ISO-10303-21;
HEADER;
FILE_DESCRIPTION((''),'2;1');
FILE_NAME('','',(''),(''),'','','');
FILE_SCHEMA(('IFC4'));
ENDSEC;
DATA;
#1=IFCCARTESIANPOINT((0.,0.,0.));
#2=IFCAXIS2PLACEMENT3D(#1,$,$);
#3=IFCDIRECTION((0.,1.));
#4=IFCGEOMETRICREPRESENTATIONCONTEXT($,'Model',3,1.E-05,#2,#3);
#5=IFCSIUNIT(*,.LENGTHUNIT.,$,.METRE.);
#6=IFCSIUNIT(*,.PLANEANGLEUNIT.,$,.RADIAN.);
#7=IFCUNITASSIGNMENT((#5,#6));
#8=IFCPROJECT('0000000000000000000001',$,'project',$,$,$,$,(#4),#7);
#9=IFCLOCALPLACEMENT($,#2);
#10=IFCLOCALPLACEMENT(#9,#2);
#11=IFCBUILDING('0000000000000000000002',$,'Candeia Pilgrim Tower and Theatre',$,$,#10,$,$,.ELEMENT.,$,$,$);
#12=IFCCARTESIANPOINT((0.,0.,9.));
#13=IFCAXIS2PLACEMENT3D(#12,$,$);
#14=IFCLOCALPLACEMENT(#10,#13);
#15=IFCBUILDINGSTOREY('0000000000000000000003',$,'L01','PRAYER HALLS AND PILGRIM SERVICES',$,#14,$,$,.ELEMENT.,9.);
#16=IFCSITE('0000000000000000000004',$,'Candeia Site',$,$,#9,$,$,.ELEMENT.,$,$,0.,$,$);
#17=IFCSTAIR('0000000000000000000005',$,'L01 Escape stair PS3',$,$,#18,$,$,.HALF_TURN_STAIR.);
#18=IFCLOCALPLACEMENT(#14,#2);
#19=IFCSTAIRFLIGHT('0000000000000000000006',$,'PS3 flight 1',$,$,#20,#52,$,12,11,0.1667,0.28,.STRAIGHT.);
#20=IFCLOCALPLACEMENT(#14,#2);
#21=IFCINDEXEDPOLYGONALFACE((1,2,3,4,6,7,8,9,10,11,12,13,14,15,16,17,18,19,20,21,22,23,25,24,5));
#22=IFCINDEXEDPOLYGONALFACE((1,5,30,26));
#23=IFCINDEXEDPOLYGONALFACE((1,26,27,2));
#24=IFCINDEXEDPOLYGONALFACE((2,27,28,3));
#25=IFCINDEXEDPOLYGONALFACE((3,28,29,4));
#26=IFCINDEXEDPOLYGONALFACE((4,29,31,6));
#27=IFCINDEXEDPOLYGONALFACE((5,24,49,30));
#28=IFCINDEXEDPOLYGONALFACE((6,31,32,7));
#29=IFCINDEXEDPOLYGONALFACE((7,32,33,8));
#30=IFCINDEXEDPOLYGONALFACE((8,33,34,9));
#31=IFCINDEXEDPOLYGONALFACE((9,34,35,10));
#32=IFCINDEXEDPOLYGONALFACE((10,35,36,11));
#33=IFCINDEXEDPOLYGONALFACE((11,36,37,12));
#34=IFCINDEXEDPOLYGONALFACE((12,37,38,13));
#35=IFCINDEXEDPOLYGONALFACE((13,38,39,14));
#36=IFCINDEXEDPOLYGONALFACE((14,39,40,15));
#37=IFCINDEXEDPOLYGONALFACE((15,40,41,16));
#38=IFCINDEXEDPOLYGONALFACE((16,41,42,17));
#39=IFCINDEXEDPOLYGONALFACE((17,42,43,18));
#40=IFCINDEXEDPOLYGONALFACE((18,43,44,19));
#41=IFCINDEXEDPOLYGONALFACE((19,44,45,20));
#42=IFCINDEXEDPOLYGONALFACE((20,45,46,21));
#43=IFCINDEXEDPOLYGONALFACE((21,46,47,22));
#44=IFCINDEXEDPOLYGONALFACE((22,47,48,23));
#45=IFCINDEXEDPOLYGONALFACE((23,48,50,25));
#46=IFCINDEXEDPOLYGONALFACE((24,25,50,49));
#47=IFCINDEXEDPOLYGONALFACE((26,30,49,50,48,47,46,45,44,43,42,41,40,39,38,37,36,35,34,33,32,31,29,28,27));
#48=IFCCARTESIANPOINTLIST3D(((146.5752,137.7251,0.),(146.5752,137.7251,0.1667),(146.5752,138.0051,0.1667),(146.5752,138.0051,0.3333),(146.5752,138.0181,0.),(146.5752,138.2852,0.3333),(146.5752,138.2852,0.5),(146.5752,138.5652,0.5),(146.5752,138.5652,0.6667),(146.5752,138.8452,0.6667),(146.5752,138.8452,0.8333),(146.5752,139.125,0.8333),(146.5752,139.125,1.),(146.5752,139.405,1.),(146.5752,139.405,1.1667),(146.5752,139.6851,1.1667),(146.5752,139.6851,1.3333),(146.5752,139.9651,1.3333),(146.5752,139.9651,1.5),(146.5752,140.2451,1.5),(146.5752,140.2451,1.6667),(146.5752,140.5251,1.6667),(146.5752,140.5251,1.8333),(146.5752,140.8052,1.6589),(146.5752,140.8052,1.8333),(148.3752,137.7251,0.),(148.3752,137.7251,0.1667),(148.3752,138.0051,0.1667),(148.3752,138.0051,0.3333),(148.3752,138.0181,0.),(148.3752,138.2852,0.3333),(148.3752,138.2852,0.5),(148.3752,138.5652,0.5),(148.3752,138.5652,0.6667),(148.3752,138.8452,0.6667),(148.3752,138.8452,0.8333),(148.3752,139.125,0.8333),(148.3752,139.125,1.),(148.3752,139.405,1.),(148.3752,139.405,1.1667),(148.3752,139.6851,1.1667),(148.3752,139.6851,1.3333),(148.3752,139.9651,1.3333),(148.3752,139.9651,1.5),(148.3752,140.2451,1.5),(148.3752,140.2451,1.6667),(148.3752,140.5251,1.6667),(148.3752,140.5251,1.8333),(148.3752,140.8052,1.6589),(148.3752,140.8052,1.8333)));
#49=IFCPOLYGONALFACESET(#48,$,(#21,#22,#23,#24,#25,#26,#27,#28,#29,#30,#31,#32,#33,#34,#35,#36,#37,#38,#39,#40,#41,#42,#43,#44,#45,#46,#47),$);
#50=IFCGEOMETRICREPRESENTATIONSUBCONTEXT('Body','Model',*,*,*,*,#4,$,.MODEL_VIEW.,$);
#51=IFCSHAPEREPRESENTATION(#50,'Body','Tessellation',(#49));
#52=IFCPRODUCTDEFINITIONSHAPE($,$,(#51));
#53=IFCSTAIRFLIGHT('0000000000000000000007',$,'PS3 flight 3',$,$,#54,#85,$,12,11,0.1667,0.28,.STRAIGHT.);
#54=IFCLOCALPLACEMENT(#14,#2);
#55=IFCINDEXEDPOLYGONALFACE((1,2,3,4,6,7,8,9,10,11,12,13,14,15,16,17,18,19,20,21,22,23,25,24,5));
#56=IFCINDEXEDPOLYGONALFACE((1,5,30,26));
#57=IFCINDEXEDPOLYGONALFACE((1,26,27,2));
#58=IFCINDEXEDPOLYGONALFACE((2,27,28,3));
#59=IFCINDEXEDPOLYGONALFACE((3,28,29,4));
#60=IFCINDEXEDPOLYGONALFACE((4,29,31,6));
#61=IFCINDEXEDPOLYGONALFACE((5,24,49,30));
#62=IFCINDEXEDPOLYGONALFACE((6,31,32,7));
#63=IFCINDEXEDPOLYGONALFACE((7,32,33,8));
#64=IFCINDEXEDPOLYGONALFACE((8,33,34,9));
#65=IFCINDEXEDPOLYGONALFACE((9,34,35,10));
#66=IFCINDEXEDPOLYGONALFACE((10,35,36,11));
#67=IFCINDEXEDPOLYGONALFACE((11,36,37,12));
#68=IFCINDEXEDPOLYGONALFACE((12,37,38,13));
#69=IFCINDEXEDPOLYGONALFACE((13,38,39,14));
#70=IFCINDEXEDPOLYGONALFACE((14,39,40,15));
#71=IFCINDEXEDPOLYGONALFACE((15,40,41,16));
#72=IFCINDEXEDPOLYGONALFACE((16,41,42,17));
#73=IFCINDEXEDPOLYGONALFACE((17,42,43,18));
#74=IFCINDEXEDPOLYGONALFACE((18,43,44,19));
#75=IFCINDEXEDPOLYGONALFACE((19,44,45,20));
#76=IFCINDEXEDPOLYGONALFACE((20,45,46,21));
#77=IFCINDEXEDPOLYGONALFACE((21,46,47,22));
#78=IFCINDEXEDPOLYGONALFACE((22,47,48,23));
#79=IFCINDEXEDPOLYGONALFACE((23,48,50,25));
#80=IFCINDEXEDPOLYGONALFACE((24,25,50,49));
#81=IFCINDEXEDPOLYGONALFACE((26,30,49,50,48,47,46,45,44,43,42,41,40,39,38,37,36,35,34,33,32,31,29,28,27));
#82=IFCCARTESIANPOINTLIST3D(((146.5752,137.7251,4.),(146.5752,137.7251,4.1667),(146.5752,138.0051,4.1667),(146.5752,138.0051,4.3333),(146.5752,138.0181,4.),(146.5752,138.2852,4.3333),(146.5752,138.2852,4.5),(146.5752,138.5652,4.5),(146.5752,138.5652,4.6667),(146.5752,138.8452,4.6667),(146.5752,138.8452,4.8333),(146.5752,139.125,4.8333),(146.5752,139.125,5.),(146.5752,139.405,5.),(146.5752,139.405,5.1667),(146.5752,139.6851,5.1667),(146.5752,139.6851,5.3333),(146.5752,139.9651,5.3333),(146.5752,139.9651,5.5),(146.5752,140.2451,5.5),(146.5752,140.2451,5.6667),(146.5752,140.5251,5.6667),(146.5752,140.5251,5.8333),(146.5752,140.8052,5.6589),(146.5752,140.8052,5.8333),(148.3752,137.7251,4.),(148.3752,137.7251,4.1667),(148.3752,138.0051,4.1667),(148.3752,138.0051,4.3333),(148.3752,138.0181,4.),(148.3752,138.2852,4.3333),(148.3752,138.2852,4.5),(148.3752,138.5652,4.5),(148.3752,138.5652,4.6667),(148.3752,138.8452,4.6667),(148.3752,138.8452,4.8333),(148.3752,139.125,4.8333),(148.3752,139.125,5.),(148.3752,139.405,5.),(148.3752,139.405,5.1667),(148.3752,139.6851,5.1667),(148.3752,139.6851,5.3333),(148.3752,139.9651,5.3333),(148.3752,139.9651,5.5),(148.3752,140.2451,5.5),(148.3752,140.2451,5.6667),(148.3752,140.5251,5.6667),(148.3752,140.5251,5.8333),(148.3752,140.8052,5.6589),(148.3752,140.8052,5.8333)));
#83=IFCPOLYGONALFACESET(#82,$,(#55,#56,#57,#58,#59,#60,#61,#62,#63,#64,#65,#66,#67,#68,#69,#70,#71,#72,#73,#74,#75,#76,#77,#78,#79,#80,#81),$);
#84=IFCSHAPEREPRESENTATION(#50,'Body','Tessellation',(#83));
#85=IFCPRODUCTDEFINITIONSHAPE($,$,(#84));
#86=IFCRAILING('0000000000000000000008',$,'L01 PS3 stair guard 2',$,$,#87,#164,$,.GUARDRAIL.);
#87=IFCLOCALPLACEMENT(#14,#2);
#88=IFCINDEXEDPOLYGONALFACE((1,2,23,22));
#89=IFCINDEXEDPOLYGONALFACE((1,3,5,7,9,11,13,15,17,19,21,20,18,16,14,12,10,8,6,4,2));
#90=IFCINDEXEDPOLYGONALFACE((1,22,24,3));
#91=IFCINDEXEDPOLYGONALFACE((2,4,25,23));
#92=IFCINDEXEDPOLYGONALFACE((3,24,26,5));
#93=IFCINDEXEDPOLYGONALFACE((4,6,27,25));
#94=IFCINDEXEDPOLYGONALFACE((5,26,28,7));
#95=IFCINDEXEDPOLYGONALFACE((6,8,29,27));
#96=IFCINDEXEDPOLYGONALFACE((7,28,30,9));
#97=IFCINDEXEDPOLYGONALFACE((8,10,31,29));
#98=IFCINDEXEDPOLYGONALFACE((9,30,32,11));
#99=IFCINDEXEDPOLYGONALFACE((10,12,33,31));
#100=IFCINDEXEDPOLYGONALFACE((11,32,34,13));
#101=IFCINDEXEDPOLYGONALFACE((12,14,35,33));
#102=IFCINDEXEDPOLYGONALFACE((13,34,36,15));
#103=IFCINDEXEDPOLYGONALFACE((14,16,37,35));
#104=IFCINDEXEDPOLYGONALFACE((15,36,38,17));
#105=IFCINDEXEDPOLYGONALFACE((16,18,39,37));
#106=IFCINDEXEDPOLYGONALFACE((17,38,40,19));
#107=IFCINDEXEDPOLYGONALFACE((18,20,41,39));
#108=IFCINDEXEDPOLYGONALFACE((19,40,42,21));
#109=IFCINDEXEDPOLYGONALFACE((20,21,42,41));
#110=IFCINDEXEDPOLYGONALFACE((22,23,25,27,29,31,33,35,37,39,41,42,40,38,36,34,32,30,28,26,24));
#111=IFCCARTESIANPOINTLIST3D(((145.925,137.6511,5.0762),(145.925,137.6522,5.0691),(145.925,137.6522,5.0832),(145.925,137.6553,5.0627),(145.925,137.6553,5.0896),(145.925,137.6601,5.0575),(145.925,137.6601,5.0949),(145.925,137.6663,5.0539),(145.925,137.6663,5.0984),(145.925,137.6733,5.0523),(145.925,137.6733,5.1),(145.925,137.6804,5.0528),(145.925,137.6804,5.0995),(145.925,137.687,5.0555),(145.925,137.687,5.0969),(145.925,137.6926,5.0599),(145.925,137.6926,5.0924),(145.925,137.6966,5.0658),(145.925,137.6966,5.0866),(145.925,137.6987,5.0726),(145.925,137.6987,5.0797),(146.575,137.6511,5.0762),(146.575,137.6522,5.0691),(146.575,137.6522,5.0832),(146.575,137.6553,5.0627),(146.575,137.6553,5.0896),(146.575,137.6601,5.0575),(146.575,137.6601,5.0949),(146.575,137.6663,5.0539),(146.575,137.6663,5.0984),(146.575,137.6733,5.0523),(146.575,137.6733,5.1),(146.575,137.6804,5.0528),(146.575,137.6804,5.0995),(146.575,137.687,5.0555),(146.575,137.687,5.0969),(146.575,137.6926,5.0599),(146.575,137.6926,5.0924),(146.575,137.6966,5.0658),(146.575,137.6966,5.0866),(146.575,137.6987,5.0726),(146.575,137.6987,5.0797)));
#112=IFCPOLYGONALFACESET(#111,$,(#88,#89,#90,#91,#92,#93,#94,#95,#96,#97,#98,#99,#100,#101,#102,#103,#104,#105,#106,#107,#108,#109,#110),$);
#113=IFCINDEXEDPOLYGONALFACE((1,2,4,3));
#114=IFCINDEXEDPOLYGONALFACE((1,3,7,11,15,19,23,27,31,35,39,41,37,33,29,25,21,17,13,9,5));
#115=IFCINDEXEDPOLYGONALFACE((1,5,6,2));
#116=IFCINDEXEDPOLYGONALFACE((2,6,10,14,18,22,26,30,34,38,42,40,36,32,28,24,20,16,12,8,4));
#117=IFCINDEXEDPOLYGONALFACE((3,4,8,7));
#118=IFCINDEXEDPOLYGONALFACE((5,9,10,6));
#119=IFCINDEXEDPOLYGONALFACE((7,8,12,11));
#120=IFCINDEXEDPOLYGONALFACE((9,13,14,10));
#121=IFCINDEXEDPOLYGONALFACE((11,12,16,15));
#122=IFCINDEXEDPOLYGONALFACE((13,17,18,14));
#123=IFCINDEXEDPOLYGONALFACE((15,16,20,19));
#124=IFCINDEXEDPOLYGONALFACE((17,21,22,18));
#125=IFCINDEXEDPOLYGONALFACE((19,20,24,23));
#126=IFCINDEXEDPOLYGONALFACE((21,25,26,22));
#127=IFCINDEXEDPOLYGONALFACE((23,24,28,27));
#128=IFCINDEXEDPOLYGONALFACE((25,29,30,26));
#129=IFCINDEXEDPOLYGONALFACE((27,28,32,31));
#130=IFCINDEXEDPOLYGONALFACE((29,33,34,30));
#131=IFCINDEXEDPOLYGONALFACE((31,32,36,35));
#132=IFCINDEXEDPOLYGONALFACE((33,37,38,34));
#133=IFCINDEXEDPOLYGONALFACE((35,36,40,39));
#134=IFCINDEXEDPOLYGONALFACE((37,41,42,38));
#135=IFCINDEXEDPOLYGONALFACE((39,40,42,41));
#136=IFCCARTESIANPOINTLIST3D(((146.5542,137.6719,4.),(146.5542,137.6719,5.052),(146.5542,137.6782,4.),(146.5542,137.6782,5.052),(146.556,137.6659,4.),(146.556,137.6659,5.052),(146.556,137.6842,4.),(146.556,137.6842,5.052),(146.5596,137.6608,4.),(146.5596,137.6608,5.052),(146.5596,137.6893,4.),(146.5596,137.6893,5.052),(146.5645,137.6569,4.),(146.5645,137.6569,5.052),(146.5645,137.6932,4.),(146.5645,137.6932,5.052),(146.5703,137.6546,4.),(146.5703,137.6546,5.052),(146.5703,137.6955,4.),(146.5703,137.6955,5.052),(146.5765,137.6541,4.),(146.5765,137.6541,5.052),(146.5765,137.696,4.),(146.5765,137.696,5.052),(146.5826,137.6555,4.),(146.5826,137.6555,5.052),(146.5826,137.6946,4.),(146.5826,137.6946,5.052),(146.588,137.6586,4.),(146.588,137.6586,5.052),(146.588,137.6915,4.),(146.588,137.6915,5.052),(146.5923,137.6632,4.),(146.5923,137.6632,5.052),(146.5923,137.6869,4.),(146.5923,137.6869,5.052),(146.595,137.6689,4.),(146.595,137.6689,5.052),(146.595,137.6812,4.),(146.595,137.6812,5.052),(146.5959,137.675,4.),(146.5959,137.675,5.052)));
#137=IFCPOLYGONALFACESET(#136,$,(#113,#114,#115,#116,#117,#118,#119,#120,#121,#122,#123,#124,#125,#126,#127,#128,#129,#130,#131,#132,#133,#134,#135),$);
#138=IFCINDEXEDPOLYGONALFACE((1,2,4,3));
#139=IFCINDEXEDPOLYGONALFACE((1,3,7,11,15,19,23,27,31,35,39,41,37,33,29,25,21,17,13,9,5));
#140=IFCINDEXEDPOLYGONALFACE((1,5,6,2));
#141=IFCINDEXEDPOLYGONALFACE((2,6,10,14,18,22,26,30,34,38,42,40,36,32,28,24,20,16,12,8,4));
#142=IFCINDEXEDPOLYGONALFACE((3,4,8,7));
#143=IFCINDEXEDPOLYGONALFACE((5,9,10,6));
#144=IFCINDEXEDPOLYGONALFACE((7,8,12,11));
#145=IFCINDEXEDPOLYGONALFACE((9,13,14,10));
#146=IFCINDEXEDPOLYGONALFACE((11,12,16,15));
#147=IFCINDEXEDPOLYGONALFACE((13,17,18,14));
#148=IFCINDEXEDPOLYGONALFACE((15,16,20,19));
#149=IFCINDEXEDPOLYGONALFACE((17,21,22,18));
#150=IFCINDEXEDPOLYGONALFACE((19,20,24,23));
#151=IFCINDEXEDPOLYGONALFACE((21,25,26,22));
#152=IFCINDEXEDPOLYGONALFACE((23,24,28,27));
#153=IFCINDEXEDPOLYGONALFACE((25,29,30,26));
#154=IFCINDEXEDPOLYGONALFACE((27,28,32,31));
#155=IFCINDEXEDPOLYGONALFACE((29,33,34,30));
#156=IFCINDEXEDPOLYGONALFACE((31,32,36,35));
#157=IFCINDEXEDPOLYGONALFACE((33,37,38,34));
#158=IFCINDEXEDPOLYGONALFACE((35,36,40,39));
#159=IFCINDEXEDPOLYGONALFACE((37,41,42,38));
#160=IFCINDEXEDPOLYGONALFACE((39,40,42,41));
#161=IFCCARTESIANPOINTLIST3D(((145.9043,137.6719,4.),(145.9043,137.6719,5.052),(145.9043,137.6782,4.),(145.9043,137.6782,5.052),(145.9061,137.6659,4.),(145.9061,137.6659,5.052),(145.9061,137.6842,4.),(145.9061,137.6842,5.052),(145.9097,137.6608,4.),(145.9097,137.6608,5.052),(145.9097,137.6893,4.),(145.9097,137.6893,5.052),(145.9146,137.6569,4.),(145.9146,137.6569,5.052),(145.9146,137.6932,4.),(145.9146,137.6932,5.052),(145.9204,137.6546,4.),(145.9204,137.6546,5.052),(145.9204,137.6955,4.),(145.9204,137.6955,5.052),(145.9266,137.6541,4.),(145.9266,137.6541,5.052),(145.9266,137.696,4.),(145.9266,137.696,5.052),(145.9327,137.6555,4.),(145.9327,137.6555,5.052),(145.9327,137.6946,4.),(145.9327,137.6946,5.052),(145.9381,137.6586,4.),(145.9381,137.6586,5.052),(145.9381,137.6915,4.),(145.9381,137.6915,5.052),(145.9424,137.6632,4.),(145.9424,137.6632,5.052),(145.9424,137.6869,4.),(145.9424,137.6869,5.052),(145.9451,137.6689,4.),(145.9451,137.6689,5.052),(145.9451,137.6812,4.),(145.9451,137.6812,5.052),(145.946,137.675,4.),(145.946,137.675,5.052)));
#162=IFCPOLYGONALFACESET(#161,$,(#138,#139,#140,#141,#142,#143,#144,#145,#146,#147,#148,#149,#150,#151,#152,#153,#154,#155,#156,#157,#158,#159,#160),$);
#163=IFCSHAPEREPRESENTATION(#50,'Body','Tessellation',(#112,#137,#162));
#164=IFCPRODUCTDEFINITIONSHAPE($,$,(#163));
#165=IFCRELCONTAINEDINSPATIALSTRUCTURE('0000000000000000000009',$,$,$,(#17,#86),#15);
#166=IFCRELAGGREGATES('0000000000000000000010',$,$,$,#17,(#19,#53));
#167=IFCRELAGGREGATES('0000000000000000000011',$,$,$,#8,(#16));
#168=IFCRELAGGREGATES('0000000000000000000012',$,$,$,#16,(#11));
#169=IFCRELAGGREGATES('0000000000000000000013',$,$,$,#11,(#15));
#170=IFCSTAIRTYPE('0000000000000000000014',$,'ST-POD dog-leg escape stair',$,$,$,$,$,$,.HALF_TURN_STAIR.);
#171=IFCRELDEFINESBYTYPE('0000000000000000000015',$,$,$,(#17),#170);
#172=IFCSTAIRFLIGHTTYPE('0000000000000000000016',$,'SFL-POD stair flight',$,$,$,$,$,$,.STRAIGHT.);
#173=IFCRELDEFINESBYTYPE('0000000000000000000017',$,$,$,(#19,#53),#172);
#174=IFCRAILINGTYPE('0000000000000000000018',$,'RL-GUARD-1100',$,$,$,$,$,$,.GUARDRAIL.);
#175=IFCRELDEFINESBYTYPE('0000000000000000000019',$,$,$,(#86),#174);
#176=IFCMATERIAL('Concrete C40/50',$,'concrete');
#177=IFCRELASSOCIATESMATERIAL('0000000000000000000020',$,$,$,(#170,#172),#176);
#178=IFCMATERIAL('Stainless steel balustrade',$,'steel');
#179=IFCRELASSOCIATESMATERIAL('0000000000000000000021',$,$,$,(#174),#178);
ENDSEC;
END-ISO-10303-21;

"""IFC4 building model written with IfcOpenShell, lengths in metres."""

from ifc_helpers import new_model, si_unit, direction, frame, origin, origin_2d, place, context, subcontext, project, spatial, polyline, circle, outline, extrude, material, type_object, element, aggregate, save


model = new_model("IFC4")

# Units and contexts
model_context = context("Model", 3, precision=1e-05, world=origin(), true_north=direction((0.0, 1.0)))
body_context = subcontext(model_context, "Body", "Model", "MODEL_VIEW")
ifc_project = project(units=[si_unit("LENGTHUNIT", "METRE"), si_unit("PLANEANGLEUNIT", "RADIAN")], contexts=[model_context])

# Site, building, storey
site_placement = place(None, origin())
site = spatial("IfcSite", under=ifc_project, at=site_placement, Name="Candeia Site", CompositionType="ELEMENT", RefElevation=0.0)
building_placement = place(site_placement, origin())
building = spatial("IfcBuilding", under=site, at=building_placement, Name="Candeia Pilgrim Tower and Theatre", CompositionType="ELEMENT")
storey_placement = place(building_placement, frame((0.0, 0.0, 9.0)))
storey = spatial("IfcBuildingStorey", under=building, at=storey_placement, Name="L01", Description="PRAYER HALLS AND PILGRIM SERVICES", CompositionType="ELEMENT", Elevation=9.0)

# Shared definitions
ifc_material_1 = material(Name="Concrete C40/50", Category="concrete")

# Stair, stair flights
stair_type = type_object("IfcStairType", Name="ST-POD dog-leg escape stair", PredefinedType="HALF_TURN_STAIR", material=ifc_material_1)
stair_placement = place(storey_placement, origin())
stair = element("IfcStair", 1, at=stair_placement, inside=storey, type_object=stair_type, Name="L01 Escape stair PS3", PredefinedType="HALF_TURN_STAIR")
stair_flight_type = type_object("IfcStairFlightType", Name="SFL-POD stair flight", PredefinedType="STRAIGHT", material=ifc_material_1)
stair_flight_1_placement = place(storey_placement, frame((147.4751, 137.7251, 0.0), z_axis=(0.0, 0.0, 1.0), x_axis=(0.0, 1.0, 0.0)))
stair_flight_1 = element("IfcStairFlight", 2, at=stair_flight_1_placement, type_object=stair_flight_type, Name="PS3 flight 1", NumberOfRisers=12, NumberOfTreads=11, PredefinedType="STRAIGHT", RiserHeight=0.1667, TreadLength=0.28, context=body_context, shape_type="SweptSolid", body=[
    extrude(outline(polyline([(0.0, 0.0), (0.0, 0.1667), (0.28, 0.1667), (0.28, 0.3333), (0.5601, 0.3333), (0.5601, 0.5), (0.8401, 0.5), (0.8401, 0.6667), (1.1201, 0.6667), (1.1201, 0.8333), (1.3999, 0.8333), (1.3999, 1.0), (1.6799, 1.0), (1.6799, 1.1667), (1.96, 1.1667), (1.96, 1.3333), (2.24, 1.3333), (2.24, 1.5), (2.52, 1.5), (2.52, 1.6667), (2.8, 1.6667), (2.8, 1.8333), (3.0801, 1.8333), (3.0801, 2.0), (3.0801, 1.6589), (0.293, 0.0), (0.0, 0.0)])), frame((0.0, 0.8999, 0.0), z_axis=(0.0, -1.0, 0.0), x_axis=(1.0, 0.0, 0.0)), (0.0, 0.0, 1.0), 1.8),
])
stair_flight_2_placement = place(storey_placement, frame((147.4751, 137.7251, 4.0), z_axis=(0.0, 0.0, 1.0), x_axis=(0.0, 1.0, 0.0)))
stair_flight_2 = element("IfcStairFlight", 3, at=stair_flight_2_placement, type_object=stair_flight_type, Name="PS3 flight 3", NumberOfRisers=12, NumberOfTreads=11, PredefinedType="STRAIGHT", RiserHeight=0.1667, TreadLength=0.28, context=body_context, shape_type="SweptSolid", body=[
    extrude(outline(polyline([(0.0, 0.0), (0.0, 0.1667), (0.28, 0.1667), (0.28, 0.3333), (0.5601, 0.3333), (0.5601, 0.5), (0.8401, 0.5), (0.8401, 0.6667), (1.1201, 0.6667), (1.1201, 0.8333), (1.3999, 0.8333), (1.3999, 1.0), (1.6799, 1.0), (1.6799, 1.1667), (1.96, 1.1667), (1.96, 1.3333), (2.24, 1.3333), (2.24, 1.5), (2.52, 1.5), (2.52, 1.6667), (2.8, 1.6667), (2.8, 1.8333), (3.0801, 1.8333), (3.0801, 2.0), (3.0801, 1.6589), (0.293, 0.0), (0.0, 0.0)])), frame((0.0, 0.8999, 0.0), z_axis=(0.0, -1.0, 0.0), x_axis=(1.0, 0.0, 0.0)), (0.0, 0.0, 1.0), 1.8),
])
aggregate(stair, [stair_flight_1, stair_flight_2])

# Railing
ifc_material_2 = material(Name="Stainless steel balustrade", Category="steel")
railing_type_1 = type_object("IfcRailingType", Name="RL-GUARD-1100", PredefinedType="GUARDRAIL", material=ifc_material_2)
railing_1_placement = place(storey_placement, frame((146.575, 137.675, 4.0)))
element("IfcRailing", 4, at=railing_1_placement, inside=storey, type_object=railing_type_1, Name="L01 PS3 stair guard 2", PredefinedType="GUARDRAIL", context=body_context, shape_type="SweptSolid", body=[
    extrude(circle(Radius=0.0239, at=origin_2d()), frame((0.0, 0.0, 1.0762), z_axis=(-1.0, 0.0, 0.0), x_axis=(0.0, -1.0, 0.0)), (0.0, 0.0, 1.0), 0.6499),
    extrude(circle(Radius=0.021, at=origin_2d()), origin(), (0.0, 0.0, 1.0), 1.052),
    extrude(circle(Radius=0.021, at=origin_2d()), frame((-0.6499, 0.0, 0.0)), (0.0, 0.0, 1.0), 1.052),
])

save(model, "model.ifc")
